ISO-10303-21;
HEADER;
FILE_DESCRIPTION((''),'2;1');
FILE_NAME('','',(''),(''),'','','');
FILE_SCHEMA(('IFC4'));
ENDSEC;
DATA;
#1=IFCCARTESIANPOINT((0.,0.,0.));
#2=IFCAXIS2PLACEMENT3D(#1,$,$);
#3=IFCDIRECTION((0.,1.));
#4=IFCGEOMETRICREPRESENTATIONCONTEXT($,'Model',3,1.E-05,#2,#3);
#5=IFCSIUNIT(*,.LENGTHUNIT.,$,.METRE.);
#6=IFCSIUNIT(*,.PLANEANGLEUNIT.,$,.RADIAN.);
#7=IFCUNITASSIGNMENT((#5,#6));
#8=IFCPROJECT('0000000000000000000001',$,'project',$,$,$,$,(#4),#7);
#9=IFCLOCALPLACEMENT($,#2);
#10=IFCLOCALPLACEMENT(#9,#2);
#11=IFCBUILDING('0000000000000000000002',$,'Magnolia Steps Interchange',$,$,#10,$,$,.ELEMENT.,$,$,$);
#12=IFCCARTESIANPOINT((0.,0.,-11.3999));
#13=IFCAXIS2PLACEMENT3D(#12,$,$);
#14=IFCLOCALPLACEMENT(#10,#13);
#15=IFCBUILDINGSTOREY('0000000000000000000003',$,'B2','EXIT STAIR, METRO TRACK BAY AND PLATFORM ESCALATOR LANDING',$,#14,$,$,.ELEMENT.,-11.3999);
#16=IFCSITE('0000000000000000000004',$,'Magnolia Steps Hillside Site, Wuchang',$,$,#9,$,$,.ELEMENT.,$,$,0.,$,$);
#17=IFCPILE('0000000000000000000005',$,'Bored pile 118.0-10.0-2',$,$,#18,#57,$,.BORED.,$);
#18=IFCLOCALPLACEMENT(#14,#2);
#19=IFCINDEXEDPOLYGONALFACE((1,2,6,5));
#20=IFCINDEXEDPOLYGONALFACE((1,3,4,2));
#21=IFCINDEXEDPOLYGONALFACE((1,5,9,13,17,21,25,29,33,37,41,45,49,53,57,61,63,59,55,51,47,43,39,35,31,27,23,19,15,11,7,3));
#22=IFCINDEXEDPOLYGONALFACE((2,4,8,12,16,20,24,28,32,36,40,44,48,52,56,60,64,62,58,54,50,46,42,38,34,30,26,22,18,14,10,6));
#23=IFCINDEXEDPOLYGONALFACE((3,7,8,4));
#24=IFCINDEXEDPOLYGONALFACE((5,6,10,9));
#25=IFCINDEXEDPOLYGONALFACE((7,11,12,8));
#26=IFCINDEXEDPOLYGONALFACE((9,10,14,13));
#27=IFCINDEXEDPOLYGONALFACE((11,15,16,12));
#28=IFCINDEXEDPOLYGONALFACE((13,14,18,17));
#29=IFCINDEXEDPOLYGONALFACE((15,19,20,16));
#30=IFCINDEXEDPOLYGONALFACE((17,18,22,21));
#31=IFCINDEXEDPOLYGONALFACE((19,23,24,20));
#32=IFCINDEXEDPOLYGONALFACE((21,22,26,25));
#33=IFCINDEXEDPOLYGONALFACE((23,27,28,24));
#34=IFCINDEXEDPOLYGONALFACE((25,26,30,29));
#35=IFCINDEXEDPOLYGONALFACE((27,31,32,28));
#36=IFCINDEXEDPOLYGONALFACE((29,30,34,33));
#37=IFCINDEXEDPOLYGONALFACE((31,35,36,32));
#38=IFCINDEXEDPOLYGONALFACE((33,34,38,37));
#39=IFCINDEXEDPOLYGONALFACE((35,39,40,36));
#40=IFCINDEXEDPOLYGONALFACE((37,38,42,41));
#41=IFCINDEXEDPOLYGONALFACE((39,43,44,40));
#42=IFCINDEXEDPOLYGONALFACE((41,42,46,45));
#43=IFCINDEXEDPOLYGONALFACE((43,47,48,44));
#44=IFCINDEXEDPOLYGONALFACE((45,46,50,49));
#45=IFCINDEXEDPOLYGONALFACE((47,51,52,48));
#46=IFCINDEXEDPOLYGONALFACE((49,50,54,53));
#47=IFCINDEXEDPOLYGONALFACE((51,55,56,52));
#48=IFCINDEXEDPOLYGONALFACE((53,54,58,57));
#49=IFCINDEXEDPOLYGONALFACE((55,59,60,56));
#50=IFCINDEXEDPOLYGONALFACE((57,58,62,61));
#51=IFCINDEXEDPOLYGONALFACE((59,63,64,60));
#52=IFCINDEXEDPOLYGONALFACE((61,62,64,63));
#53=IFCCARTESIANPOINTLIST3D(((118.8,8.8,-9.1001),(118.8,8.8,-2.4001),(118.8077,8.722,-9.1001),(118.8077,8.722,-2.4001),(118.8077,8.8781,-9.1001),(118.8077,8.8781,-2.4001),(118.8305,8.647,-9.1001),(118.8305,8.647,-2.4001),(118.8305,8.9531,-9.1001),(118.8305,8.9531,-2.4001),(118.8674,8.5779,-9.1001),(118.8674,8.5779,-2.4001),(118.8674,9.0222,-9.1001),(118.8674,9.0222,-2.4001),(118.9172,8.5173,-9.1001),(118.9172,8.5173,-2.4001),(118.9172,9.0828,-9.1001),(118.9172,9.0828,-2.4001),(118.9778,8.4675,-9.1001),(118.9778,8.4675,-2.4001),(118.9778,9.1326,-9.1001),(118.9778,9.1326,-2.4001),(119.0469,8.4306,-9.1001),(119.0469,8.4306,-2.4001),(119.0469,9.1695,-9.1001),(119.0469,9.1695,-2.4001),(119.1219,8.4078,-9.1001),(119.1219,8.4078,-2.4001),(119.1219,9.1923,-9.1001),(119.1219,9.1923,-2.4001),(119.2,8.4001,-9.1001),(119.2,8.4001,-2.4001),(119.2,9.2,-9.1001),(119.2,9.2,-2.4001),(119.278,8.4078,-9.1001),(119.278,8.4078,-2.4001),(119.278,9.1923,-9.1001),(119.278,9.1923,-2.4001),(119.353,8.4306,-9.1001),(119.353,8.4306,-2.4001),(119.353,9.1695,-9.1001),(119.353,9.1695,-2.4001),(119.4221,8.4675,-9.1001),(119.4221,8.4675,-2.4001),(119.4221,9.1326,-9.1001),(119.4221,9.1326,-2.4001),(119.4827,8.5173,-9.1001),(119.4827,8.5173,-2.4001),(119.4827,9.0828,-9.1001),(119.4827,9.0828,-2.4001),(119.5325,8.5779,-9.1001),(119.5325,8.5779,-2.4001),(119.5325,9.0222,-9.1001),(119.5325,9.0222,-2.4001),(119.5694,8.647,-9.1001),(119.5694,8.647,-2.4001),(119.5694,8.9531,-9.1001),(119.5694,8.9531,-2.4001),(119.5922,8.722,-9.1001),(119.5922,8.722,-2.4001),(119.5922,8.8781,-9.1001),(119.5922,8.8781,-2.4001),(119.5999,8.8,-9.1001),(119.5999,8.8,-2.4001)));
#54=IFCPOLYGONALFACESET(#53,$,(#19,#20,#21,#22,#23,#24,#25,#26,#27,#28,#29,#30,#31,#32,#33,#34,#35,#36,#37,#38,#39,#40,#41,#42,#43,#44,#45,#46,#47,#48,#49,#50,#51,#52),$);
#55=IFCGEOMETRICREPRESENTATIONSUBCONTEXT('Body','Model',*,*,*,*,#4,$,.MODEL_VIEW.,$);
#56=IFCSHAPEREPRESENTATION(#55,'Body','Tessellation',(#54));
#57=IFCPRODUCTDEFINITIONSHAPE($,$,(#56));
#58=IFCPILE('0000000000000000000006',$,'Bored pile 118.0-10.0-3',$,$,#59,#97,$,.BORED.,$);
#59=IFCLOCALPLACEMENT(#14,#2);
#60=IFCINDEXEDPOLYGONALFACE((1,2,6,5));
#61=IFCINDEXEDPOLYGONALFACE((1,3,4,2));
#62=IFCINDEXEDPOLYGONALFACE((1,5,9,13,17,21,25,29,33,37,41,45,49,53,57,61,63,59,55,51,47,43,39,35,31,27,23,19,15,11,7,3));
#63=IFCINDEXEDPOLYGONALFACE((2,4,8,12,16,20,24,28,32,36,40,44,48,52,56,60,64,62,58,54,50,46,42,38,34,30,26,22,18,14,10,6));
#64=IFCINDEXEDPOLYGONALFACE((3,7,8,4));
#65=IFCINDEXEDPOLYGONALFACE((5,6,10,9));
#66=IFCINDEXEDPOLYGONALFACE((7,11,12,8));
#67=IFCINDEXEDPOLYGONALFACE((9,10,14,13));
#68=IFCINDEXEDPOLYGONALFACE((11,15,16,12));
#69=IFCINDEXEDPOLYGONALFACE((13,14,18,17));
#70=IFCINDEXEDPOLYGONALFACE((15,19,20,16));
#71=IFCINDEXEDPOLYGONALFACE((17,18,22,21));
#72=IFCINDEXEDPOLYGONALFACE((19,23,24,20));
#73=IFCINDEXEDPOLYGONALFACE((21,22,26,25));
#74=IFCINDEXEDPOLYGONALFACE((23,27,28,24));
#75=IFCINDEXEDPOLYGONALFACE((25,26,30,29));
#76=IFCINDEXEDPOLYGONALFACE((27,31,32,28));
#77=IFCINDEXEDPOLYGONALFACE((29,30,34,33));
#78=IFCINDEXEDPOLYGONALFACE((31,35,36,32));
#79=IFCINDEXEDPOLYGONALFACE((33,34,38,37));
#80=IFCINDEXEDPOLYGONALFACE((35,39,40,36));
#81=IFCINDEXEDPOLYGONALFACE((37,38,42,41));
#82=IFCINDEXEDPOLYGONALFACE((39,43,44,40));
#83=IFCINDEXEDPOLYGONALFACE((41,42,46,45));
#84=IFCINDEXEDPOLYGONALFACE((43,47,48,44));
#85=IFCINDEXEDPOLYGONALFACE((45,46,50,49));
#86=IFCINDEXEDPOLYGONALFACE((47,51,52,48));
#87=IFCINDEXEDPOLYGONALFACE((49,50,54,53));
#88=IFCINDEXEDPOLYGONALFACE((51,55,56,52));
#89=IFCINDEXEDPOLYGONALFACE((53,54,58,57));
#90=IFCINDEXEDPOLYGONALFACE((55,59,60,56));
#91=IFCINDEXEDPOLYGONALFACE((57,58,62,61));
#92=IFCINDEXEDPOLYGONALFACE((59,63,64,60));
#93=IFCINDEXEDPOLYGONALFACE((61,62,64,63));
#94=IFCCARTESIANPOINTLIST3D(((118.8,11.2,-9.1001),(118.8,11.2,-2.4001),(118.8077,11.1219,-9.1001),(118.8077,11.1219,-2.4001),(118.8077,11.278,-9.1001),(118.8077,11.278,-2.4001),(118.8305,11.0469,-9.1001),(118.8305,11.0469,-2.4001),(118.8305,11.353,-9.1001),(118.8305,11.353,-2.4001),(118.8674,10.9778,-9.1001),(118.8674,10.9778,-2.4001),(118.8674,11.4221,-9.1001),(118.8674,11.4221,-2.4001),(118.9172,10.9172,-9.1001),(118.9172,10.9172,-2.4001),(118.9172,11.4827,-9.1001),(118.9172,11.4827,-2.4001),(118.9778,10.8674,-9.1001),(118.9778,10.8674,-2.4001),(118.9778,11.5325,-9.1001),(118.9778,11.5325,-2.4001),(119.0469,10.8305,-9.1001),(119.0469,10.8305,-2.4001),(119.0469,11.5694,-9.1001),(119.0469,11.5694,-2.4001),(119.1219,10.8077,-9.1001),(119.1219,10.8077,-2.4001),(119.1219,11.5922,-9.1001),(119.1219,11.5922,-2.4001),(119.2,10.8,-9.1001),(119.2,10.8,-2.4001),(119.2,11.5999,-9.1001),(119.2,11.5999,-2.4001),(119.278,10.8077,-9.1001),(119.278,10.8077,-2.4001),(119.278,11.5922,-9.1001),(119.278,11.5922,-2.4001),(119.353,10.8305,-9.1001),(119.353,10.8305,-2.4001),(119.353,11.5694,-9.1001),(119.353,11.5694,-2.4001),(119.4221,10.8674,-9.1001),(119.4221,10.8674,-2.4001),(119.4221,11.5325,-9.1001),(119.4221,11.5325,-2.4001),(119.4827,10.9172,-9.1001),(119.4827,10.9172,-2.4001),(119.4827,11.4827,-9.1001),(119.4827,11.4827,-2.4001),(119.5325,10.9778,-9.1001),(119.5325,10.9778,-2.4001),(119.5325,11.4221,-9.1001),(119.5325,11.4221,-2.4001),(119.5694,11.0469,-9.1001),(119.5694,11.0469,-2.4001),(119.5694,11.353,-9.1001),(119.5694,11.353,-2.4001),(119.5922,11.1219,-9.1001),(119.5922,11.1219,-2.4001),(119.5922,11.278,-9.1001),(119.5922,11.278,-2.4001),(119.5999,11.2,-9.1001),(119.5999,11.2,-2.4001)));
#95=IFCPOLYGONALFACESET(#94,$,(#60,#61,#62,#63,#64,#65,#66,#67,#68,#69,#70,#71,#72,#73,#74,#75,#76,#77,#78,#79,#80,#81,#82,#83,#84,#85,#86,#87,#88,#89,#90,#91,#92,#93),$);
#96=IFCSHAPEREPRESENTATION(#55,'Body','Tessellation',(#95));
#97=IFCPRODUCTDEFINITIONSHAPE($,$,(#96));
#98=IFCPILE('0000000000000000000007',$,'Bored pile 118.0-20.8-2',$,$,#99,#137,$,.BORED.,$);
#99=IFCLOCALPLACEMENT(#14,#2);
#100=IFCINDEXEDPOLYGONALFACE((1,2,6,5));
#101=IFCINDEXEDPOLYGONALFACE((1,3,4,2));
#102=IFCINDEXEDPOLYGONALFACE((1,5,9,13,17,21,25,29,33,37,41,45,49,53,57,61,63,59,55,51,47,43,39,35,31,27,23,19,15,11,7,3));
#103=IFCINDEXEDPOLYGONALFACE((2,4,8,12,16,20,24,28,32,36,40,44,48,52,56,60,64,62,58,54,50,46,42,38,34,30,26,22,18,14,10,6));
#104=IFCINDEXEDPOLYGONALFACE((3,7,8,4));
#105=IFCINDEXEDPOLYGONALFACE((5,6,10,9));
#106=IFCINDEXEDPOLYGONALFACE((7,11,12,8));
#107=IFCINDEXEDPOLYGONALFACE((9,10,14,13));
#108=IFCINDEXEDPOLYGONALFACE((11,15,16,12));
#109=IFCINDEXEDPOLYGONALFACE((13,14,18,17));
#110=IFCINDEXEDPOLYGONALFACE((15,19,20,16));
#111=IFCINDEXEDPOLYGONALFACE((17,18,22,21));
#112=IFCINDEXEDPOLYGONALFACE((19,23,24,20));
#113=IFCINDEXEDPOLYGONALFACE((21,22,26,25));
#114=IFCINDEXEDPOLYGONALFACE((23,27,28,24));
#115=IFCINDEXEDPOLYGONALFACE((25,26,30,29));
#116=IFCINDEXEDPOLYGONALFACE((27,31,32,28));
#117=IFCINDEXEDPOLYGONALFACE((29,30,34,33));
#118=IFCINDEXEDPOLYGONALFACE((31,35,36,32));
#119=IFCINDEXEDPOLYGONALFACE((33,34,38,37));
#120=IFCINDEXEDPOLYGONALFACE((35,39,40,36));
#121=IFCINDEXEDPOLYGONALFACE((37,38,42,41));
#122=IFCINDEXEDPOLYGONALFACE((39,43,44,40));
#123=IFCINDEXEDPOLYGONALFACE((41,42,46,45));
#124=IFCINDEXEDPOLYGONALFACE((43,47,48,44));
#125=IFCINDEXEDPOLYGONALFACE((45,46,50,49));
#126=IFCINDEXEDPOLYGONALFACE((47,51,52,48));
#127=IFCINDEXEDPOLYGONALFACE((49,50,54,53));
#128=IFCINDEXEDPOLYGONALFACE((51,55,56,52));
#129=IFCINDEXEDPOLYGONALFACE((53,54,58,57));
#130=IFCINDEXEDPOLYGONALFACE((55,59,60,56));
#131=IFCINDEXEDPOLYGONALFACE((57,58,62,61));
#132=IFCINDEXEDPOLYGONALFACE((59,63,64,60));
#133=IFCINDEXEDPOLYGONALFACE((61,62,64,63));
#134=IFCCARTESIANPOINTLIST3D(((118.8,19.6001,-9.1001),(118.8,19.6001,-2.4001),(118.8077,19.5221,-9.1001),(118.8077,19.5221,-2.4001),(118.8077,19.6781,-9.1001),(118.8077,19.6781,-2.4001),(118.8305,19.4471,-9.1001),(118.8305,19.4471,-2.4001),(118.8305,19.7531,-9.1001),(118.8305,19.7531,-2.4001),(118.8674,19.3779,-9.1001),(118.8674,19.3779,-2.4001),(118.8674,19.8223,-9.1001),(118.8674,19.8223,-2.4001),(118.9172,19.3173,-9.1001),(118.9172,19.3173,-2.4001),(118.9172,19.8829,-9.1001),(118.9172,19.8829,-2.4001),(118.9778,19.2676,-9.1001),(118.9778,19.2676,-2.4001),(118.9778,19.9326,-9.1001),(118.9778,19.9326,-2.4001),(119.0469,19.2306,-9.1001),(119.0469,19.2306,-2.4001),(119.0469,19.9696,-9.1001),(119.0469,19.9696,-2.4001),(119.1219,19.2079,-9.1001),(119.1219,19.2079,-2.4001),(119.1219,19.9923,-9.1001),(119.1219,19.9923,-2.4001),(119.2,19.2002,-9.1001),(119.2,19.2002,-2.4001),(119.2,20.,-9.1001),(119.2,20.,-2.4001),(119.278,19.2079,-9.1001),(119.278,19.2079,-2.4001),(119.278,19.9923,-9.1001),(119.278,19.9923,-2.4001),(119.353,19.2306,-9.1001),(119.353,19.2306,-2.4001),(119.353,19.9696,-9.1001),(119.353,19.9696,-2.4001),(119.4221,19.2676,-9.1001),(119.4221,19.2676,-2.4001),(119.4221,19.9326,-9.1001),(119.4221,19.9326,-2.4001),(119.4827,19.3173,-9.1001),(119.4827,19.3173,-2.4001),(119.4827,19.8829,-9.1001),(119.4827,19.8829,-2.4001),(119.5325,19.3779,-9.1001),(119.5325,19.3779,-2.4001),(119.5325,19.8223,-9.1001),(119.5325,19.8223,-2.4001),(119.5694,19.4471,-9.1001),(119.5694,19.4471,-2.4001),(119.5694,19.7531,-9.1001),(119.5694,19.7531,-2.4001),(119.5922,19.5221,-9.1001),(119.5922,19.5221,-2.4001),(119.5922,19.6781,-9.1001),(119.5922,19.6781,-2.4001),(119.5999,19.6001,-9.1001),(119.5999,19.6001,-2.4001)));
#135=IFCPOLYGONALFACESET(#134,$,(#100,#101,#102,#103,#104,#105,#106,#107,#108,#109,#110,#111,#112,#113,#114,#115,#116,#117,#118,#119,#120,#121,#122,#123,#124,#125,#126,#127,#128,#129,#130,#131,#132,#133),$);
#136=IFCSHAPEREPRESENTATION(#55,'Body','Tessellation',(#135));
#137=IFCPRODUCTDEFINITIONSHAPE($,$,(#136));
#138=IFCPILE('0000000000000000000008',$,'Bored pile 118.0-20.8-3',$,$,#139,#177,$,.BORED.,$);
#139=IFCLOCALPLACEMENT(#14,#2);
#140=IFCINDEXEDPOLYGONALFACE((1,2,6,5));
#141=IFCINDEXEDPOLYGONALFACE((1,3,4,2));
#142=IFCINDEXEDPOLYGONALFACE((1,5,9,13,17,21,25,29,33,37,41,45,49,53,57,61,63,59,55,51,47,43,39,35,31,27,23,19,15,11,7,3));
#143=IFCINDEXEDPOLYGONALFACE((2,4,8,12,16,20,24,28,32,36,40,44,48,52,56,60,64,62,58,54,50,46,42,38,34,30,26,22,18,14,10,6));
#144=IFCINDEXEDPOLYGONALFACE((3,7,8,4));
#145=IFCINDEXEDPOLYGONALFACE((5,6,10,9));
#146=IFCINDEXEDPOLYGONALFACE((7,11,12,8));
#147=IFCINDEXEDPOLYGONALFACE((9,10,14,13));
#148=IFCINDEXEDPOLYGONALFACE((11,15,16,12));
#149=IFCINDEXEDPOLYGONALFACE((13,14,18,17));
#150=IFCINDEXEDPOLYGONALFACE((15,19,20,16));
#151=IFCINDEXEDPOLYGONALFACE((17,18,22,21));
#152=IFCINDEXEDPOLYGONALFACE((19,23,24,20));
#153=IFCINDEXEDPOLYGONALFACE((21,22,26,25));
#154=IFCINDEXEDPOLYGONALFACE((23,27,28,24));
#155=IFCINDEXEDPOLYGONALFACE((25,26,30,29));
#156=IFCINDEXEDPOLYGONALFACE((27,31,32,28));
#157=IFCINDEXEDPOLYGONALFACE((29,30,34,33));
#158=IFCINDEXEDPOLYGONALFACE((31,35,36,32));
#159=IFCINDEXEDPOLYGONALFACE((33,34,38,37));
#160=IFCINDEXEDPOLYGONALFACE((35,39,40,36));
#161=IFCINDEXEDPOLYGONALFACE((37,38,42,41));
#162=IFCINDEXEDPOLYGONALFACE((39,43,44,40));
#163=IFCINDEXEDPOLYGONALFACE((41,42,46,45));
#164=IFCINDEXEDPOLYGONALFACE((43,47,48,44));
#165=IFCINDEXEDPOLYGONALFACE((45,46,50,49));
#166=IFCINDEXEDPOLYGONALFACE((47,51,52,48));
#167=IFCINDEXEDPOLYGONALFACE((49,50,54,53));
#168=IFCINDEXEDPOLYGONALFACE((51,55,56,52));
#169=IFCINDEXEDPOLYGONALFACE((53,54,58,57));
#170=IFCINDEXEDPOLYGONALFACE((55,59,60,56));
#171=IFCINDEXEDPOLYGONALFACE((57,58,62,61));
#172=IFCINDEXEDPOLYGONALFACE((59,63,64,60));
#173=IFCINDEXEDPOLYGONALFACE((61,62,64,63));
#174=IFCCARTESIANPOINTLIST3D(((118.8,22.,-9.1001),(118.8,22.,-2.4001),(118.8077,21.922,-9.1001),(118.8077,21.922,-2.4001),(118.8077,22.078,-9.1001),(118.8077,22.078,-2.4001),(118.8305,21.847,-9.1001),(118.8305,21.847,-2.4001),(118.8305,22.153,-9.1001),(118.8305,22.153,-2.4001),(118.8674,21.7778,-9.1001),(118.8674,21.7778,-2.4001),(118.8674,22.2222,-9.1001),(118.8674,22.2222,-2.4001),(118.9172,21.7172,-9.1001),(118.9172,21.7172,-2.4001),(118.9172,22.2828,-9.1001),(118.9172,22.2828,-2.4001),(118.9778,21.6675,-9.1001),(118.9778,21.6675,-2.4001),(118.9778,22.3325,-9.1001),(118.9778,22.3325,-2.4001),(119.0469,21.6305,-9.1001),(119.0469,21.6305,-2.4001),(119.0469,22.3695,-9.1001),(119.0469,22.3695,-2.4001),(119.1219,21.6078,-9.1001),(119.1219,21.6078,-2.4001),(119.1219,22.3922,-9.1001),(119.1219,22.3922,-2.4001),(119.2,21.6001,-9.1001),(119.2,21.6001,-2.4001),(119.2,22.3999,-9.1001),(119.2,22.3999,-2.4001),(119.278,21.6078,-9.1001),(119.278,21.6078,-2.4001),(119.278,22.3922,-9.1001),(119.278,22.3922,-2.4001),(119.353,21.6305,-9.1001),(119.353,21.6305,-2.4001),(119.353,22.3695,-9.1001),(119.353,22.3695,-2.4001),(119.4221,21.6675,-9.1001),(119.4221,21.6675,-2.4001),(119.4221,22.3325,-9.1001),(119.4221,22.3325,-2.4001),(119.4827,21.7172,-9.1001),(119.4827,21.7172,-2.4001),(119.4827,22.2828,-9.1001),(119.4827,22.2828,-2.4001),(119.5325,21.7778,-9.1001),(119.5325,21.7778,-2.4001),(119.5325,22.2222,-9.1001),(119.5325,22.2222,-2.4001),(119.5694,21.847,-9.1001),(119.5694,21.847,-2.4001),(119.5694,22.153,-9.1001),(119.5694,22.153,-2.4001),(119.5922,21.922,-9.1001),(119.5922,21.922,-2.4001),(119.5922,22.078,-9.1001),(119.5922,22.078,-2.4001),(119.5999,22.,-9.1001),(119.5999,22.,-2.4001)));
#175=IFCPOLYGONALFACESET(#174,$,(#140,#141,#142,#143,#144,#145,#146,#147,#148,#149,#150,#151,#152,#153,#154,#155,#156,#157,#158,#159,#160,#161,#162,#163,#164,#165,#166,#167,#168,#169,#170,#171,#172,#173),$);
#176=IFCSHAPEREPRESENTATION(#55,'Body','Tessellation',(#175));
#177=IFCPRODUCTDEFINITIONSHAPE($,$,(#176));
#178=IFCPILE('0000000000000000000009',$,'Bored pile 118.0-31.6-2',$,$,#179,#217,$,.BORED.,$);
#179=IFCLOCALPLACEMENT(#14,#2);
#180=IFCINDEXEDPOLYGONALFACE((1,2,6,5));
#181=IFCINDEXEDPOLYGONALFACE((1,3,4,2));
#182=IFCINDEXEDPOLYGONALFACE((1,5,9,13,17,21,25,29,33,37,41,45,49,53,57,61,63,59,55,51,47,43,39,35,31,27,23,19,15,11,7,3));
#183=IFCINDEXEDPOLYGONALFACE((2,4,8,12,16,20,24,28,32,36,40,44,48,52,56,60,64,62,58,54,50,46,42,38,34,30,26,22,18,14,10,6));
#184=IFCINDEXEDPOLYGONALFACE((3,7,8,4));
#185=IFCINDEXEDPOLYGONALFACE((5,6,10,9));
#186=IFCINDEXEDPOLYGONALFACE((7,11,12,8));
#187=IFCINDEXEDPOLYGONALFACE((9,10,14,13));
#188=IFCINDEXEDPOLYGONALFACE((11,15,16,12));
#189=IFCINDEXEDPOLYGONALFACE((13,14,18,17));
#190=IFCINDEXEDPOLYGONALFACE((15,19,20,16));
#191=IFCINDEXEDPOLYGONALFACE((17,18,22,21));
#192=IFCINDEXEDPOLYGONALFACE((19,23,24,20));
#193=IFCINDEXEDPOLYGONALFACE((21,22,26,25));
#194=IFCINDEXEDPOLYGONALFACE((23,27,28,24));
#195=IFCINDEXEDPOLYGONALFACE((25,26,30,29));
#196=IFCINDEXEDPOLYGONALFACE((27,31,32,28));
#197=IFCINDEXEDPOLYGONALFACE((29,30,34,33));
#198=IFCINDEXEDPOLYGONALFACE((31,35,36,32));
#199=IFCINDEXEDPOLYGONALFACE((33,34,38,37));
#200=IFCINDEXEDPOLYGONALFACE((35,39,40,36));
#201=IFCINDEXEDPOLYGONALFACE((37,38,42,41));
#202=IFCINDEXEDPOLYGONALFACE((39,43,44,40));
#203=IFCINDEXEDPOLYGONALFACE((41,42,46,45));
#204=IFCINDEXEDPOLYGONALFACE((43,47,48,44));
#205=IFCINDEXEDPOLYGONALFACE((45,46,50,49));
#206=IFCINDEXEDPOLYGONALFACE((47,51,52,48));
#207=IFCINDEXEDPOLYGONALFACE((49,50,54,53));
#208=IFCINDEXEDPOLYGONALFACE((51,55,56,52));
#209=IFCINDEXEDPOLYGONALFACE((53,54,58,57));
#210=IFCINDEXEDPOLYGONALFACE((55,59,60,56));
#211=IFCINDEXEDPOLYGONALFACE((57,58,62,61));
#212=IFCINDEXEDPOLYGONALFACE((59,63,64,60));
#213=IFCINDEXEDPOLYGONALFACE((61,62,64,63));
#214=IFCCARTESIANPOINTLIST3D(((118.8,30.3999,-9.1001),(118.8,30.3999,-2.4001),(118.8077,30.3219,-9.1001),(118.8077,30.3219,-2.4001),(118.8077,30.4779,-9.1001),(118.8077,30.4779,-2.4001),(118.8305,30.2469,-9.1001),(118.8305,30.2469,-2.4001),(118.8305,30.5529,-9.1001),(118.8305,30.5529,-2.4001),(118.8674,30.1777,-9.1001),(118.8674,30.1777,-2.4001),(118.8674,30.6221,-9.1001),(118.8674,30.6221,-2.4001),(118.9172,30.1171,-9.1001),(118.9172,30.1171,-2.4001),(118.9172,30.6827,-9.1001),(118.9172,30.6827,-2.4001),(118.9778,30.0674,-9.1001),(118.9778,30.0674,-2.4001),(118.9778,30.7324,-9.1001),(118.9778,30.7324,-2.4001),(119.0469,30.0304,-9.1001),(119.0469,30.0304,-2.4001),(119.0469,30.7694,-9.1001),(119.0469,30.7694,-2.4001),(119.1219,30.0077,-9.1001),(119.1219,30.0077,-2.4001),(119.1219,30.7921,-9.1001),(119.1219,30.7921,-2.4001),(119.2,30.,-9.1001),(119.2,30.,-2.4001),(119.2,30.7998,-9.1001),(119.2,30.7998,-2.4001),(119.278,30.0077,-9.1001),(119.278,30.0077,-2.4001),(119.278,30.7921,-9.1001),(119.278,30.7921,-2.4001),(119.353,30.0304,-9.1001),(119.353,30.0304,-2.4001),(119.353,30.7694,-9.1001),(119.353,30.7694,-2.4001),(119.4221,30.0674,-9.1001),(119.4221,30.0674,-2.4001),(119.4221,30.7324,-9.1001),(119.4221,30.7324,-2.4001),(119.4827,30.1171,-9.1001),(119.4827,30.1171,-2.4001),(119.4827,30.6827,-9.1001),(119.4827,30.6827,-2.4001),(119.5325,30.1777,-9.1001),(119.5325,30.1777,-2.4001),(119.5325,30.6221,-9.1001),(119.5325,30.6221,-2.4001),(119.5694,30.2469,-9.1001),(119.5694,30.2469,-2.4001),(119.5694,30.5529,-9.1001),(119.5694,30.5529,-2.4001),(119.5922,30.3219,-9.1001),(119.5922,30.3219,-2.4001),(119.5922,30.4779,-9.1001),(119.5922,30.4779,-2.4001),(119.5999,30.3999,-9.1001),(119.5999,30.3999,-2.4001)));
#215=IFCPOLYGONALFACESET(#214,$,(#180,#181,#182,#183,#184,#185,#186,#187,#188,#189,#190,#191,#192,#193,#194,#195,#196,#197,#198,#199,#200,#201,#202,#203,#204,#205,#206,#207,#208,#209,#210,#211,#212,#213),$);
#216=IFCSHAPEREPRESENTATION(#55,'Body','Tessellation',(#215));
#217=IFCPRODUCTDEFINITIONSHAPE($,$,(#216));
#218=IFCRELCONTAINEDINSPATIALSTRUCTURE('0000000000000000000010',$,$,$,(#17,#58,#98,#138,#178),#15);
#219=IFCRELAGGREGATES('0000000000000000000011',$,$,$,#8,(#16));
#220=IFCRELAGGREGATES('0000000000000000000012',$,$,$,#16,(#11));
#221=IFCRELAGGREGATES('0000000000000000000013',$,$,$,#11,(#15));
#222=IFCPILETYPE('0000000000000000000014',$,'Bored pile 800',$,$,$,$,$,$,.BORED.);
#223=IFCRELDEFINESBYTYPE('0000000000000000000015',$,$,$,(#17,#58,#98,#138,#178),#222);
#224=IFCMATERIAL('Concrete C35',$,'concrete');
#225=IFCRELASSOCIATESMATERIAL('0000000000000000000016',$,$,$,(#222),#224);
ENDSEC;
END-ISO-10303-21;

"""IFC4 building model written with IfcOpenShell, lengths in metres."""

from ifc_helpers import new_model, si_unit, direction, frame, origin, origin_2d, place, context, subcontext, project, spatial, circle, extrude, material, material_profile, profile_set, type_object, element, save


model = new_model("IFC4")

# Units and contexts
model_context = context("Model", 3, precision=1e-05, world=origin(), true_north=direction((0.0, 1.0)))
body_context = subcontext(model_context, "Body", "Model", "MODEL_VIEW")
ifc_project = project(units=[si_unit("LENGTHUNIT", "METRE"), si_unit("PLANEANGLEUNIT", "RADIAN")], contexts=[model_context])

# Site, building, storey
site_placement = place(None, origin())
site = spatial("IfcSite", under=ifc_project, at=site_placement, Name="Magnolia Steps Hillside Site, Wuchang", CompositionType="ELEMENT", RefElevation=0.0)
building_placement = place(site_placement, origin())
building = spatial("IfcBuilding", under=site, at=building_placement, Name="Magnolia Steps Interchange", CompositionType="ELEMENT")
storey_placement = place(building_placement, frame((0.0, 0.0, -11.3999)))
storey = spatial("IfcBuildingStorey", under=building, at=storey_placement, Name="B2", Description="EXIT STAIR, METRO TRACK BAY AND PLATFORM ESCALATOR LANDING", CompositionType="ELEMENT", Elevation=-11.3999)

# Piles
ifc_material_1 = material(Name="Concrete C35", Category="concrete")
ifc_material_profile_1 = material_profile(ifc_material_1, circle(Radius=0.3999, at=origin_2d()), Name="Bored pile 800")
ifc_profile_set_1 = profile_set([ifc_material_profile_1], Name="Concrete C35")
pile_type = type_object("IfcPileType", Name="Bored pile 800", PredefinedType="BORED", material=ifc_profile_set_1)
for number, where, z_axis, x_axis, name in (
    (1, (119.2, 8.8, -2.4001), (0.0, 0.0, -1.0), (1.0, 0.0, 0.0), "Bored pile 118.0-10.0-2"),
    (2, (119.2, 11.2, -2.4001), (0.0, 0.0, -1.0), (1.0, 0.0, 0.0), "Bored pile 118.0-10.0-3"),
    (3, (119.2, 19.6001, -2.4001), (0.0, 0.0, -1.0), (1.0, 0.0, 0.0), "Bored pile 118.0-20.8-2"),
    (4, (119.2, 22.0, -2.4001), (0.0, 0.0, -1.0), (1.0, 0.0, 0.0), "Bored pile 118.0-20.8-3"),
    (5, (119.2, 30.3999, -2.4001), (0.0, 0.0, -1.0), (1.0, 0.0, 0.0), "Bored pile 118.0-31.6-2"),
):
    element("IfcPile", number, at=place(storey_placement, frame(where, z_axis=z_axis, x_axis=x_axis)), inside=storey, type_object=pile_type, Name=name, PredefinedType="BORED", context=body_context, shape_type="SweptSolid", body=[
        extrude(circle(Radius=0.3999, at=origin_2d()), origin(), (0.0, 0.0, 1.0), 6.7),
    ])

save(model, "model.ifc")
